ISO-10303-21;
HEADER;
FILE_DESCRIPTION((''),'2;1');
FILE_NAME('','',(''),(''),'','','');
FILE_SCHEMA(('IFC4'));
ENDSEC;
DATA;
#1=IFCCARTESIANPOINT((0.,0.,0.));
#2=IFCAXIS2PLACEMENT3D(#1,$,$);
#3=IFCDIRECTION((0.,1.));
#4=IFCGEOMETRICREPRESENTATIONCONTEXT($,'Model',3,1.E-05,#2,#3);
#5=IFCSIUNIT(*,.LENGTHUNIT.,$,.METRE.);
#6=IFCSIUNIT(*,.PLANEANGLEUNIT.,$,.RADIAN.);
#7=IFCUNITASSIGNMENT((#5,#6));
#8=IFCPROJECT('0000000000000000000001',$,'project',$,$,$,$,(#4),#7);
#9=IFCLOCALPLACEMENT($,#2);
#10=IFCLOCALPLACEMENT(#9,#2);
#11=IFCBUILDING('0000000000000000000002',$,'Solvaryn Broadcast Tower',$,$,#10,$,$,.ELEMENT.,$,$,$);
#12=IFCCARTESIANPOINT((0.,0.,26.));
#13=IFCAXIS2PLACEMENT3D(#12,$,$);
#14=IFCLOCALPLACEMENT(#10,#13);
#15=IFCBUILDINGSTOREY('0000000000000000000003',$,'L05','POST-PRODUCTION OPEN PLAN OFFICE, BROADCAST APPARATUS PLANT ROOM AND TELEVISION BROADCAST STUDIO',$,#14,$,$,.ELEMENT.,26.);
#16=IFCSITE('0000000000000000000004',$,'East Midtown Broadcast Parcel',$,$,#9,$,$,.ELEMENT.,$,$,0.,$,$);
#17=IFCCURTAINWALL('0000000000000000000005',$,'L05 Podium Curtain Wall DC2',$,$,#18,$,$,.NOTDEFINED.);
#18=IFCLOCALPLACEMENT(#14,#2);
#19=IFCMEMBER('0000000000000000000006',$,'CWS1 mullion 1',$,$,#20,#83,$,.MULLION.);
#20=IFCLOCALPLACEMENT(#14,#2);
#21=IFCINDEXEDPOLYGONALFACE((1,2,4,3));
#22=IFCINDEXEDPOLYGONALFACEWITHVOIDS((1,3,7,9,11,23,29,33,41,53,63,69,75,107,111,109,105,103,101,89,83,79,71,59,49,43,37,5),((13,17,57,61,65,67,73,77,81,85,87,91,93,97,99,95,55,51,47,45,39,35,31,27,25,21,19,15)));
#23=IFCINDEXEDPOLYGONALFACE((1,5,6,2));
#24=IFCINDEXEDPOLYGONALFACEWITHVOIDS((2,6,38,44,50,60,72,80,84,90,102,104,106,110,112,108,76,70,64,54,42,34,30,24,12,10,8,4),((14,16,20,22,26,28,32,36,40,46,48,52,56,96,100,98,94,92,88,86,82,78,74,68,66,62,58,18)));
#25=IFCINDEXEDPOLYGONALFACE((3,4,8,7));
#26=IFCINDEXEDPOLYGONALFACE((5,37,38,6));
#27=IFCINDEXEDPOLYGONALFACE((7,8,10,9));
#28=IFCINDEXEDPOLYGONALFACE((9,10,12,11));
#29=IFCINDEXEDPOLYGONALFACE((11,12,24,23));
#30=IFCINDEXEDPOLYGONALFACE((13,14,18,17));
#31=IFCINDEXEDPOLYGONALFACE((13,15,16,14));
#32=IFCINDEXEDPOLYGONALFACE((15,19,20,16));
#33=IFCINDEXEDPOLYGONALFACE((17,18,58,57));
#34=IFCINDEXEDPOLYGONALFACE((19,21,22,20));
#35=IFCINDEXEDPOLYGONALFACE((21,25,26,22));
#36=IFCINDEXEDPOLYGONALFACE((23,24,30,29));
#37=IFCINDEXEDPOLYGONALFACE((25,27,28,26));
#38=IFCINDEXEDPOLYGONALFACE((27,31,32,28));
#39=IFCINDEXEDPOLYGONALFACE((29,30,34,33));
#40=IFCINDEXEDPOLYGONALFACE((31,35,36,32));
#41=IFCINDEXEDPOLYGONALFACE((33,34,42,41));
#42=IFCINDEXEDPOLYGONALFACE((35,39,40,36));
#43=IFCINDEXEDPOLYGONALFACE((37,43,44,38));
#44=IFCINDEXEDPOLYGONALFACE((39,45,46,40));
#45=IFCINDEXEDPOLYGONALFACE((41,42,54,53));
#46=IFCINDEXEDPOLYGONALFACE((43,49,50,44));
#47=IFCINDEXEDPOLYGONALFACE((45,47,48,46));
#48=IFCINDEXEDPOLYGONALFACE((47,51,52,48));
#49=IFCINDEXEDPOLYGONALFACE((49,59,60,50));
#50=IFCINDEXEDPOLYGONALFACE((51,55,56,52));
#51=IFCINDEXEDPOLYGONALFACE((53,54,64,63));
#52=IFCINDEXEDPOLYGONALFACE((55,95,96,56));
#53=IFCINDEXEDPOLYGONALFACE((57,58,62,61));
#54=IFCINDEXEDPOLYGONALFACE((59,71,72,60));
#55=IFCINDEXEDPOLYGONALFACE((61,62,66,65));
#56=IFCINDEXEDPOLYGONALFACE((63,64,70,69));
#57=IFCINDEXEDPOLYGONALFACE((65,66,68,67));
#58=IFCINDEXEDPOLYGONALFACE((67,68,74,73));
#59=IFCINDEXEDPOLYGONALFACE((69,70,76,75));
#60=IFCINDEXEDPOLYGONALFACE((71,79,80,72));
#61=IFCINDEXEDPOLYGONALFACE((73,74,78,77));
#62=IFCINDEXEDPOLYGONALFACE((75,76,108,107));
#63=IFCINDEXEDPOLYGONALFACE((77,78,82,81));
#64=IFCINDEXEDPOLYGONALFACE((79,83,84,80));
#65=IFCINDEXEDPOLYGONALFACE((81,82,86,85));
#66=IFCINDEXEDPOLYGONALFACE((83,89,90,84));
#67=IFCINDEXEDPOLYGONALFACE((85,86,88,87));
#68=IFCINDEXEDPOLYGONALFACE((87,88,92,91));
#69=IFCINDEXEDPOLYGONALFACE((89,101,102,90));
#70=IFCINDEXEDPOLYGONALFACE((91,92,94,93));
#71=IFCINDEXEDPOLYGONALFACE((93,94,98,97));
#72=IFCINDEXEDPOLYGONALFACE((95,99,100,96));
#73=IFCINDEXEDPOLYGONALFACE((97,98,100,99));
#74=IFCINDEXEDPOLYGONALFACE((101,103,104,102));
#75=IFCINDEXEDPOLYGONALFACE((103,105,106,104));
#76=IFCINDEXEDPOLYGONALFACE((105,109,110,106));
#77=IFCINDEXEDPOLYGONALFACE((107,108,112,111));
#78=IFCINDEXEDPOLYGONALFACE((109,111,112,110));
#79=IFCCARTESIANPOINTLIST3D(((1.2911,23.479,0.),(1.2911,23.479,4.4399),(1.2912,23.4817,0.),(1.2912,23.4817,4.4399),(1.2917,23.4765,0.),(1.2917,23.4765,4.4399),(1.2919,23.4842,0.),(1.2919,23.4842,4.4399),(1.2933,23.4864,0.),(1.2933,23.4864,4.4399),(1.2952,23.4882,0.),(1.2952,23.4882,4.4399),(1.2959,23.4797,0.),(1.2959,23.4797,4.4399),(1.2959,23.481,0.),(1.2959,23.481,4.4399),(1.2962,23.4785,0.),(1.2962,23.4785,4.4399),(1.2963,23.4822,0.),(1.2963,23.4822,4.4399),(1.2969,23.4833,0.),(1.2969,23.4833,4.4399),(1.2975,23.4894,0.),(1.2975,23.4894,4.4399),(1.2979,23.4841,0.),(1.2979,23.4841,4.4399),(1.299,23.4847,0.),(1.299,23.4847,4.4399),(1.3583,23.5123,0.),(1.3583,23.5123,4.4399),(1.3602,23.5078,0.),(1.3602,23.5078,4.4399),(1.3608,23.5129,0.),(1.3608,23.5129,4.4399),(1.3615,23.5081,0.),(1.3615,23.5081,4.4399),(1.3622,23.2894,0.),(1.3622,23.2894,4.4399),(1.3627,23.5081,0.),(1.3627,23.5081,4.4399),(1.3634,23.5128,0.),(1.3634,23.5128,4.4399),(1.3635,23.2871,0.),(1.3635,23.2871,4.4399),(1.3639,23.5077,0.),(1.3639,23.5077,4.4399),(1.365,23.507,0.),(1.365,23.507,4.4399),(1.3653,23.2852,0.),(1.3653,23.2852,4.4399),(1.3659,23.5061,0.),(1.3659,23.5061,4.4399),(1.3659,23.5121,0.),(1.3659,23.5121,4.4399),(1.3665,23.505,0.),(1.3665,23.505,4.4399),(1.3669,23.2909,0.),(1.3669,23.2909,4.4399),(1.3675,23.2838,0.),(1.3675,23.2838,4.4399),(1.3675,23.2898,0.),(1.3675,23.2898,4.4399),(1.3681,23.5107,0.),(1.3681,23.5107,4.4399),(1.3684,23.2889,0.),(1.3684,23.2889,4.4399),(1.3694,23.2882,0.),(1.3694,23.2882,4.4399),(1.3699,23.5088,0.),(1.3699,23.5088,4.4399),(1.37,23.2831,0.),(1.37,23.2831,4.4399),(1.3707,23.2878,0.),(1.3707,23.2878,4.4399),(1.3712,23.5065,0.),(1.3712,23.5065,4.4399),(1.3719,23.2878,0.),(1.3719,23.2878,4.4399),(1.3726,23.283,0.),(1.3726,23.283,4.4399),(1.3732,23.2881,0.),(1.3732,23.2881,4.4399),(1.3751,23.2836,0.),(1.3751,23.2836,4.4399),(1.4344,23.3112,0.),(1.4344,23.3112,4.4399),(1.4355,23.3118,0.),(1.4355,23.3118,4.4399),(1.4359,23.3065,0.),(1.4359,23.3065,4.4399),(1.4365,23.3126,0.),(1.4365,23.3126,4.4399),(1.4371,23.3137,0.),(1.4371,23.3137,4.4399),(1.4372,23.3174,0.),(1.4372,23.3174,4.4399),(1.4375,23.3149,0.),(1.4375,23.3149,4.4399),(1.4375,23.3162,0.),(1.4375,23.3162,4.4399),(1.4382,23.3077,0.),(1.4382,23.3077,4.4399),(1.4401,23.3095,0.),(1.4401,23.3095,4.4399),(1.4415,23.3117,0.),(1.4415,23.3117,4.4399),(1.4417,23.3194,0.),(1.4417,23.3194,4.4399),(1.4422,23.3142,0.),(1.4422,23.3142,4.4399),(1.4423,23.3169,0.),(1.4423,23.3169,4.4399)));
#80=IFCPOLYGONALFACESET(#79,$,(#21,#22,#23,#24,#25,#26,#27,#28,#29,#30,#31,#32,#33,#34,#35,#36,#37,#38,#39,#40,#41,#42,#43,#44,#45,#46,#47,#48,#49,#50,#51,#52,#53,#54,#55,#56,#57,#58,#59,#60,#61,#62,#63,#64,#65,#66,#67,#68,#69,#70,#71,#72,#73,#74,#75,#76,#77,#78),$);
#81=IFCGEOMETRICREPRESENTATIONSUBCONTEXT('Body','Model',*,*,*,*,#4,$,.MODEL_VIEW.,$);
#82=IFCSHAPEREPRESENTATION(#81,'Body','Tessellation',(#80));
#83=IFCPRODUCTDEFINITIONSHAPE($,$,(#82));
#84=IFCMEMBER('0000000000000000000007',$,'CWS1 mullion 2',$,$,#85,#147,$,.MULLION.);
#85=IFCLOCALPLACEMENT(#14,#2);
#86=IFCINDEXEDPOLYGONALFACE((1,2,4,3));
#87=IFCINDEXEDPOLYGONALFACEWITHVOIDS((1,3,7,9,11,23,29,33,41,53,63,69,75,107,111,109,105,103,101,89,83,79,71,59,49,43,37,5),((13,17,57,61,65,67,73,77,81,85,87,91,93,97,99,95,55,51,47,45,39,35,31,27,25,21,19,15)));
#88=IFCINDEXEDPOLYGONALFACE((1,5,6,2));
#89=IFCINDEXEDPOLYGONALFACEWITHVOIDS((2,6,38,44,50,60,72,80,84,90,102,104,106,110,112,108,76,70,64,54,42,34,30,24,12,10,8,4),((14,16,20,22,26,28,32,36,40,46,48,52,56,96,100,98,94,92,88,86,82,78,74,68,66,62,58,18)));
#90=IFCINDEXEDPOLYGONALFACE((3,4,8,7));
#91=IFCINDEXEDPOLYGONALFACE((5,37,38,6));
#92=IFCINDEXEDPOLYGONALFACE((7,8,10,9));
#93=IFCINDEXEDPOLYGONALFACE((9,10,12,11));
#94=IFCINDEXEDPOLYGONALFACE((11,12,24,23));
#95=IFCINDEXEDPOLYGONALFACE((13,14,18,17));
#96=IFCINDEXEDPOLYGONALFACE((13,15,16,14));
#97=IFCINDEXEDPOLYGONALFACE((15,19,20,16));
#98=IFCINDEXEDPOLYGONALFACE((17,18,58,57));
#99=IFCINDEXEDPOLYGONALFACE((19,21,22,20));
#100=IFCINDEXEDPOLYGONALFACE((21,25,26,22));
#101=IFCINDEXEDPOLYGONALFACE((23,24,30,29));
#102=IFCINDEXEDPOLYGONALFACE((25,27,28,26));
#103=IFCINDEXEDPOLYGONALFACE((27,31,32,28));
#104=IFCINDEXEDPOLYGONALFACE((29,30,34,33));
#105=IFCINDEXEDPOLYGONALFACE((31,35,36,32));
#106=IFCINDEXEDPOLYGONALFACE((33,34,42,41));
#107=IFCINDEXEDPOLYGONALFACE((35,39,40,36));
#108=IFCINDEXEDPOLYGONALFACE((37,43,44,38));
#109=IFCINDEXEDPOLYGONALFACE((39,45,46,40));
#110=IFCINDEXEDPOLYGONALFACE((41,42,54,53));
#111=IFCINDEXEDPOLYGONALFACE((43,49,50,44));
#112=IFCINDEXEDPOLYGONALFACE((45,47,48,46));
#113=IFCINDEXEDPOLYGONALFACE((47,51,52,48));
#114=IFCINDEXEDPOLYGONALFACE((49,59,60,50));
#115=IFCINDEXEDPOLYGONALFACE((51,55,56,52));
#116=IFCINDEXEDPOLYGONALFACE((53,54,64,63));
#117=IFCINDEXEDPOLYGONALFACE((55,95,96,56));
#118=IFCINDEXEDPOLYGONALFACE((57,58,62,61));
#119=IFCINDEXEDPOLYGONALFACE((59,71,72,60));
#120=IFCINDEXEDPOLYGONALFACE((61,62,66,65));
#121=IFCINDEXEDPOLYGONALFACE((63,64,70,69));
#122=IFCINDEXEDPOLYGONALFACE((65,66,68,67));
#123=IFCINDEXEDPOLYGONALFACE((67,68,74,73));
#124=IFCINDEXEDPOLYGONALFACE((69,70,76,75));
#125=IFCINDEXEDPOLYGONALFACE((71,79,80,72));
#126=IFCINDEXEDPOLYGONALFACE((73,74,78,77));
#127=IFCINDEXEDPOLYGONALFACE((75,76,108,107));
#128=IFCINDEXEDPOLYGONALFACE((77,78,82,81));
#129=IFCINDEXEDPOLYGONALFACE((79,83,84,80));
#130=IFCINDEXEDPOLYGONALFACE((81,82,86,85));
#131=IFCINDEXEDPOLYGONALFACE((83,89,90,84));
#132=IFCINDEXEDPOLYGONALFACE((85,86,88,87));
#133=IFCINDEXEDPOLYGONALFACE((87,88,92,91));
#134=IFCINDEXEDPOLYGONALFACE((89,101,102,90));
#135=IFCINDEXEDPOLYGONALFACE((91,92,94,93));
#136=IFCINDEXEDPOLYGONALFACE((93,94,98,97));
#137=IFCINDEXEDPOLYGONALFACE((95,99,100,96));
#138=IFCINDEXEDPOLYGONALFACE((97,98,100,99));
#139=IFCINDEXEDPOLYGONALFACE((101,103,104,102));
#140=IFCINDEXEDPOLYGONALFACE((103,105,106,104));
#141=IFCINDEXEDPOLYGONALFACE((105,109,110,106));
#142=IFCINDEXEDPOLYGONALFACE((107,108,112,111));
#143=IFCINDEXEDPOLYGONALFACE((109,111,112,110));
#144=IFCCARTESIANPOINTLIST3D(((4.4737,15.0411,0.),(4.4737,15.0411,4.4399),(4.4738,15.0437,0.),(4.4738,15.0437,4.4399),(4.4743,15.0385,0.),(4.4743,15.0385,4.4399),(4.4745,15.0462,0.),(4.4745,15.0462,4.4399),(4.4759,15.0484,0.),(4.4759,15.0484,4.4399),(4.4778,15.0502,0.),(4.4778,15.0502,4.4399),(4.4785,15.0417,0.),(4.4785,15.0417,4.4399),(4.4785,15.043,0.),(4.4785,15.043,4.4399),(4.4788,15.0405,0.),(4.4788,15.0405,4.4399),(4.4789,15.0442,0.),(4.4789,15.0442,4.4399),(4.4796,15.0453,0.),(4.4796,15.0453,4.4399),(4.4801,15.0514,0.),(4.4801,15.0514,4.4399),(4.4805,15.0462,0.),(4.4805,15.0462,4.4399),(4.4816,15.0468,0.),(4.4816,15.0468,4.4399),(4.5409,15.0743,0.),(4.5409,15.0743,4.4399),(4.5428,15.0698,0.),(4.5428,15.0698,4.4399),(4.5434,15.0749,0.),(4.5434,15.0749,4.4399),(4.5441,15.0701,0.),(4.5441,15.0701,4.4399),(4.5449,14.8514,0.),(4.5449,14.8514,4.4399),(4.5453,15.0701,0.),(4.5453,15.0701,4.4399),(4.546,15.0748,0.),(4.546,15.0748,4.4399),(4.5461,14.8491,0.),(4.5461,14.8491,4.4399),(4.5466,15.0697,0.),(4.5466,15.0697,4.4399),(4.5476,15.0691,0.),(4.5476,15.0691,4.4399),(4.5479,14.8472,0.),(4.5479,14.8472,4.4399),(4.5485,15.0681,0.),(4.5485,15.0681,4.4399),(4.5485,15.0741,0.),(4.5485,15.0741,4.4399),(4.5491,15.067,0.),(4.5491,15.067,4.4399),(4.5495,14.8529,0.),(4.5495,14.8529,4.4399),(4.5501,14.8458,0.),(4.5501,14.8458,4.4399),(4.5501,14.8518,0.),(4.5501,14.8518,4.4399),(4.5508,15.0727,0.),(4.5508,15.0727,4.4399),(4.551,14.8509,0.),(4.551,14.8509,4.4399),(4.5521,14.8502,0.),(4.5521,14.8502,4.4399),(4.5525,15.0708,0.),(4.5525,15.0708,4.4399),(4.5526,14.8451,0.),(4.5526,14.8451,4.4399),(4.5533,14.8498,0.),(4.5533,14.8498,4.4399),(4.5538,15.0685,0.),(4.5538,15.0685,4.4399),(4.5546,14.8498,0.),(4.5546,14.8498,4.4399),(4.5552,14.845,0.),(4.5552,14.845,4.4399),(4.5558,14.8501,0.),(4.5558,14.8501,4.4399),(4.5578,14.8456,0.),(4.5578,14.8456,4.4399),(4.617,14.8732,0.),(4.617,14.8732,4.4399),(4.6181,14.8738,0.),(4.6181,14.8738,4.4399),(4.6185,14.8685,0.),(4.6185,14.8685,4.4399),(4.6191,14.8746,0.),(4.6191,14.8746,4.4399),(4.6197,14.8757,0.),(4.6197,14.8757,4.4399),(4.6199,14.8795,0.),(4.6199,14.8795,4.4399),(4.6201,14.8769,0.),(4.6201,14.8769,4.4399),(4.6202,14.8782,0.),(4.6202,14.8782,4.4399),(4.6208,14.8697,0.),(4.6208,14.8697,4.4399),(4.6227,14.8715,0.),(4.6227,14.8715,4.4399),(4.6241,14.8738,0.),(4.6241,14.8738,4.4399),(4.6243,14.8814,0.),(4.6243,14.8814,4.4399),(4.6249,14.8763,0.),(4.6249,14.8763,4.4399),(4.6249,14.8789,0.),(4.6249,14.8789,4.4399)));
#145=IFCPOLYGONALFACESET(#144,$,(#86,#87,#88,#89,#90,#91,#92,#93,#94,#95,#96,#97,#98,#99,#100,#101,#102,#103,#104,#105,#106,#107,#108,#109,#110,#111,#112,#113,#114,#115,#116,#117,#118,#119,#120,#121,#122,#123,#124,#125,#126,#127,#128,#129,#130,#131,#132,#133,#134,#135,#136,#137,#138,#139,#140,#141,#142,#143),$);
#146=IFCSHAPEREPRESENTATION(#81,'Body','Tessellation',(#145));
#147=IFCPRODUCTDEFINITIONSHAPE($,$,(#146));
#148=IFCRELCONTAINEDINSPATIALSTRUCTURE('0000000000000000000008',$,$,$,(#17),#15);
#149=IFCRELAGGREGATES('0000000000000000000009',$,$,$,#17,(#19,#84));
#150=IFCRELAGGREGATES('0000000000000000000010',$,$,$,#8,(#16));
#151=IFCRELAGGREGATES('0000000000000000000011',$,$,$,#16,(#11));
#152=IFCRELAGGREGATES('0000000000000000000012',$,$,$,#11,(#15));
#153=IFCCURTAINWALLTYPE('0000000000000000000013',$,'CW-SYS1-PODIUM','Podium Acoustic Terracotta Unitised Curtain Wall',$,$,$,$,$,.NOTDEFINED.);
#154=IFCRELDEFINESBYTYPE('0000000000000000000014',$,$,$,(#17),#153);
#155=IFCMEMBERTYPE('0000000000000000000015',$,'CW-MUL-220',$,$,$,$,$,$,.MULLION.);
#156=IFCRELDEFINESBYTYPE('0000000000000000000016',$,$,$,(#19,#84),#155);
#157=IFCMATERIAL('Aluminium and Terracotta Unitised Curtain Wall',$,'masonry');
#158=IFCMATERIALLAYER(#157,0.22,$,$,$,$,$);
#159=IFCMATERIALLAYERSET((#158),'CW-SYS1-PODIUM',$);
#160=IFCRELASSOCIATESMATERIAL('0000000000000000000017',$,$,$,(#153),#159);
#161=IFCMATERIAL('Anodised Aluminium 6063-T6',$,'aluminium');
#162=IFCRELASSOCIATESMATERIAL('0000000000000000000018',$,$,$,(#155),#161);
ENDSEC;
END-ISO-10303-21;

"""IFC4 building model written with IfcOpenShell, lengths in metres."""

from ifc_helpers import new_model, si_unit, direction, frame, origin, origin_2d, place, context, subcontext, project, spatial, hollow_rectangle, extrude, material, layer, layer_set, material_profile, profile_set, type_object, element, aggregate, save


model = new_model("IFC4")

# Units and contexts
model_context = context("Model", 3, precision=1e-05, world=origin(), true_north=direction((0.0, 1.0)))
body_context = subcontext(model_context, "Body", "Model", "MODEL_VIEW")
ifc_project = project(units=[si_unit("LENGTHUNIT", "METRE"), si_unit("PLANEANGLEUNIT", "RADIAN")], contexts=[model_context])

# Site, building, storey
site_placement = place(None, origin())
site = spatial("IfcSite", under=ifc_project, at=site_placement, Name="East Midtown Broadcast Parcel", CompositionType="ELEMENT", RefElevation=0.0)
building_placement = place(site_placement, origin())
building = spatial("IfcBuilding", under=site, at=building_placement, Name="Solvaryn Broadcast Tower", CompositionType="ELEMENT")
storey_placement = place(building_placement, frame((0.0, 0.0, 26.0)))
storey = spatial("IfcBuildingStorey", under=building, at=storey_placement, Name="L05", Description="POST-PRODUCTION OPEN PLAN OFFICE, BROADCAST APPARATUS PLANT ROOM AND TELEVISION BROADCAST STUDIO", CompositionType="ELEMENT", Elevation=26.0)

# Shared definitions
ifc_material_1 = material(Name="Aluminium and Terracotta Unitised Curtain Wall", Category="masonry")
ifc_layer_1 = layer(ifc_material_1, 0.22)
ifc_layer_set_1 = layer_set([ifc_layer_1], Name="CW-SYS1-PODIUM")
curtain_wall_type = type_object("IfcCurtainWallType", Name="CW-SYS1-PODIUM", Description="Podium Acoustic Terracotta Unitised Curtain Wall", PredefinedType="NOTDEFINED", material=ifc_layer_set_1)
ifc_material_2 = material(Name="Anodised Aluminium 6063-T6", Category="aluminium")
ifc_material_profile_1 = material_profile(ifc_material_2, hollow_rectangle(XDim=0.085, YDim=0.22, WallThickness=0.0049, InnerFilletRadius=0.0049, OuterFilletRadius=0.01, at=origin_2d()))
ifc_profile_set_1 = profile_set([ifc_material_profile_1], Name="Anodised Aluminium 6063-T6")
member_type_1 = type_object("IfcMemberType", Name="CW-MUL-220", PredefinedType="MULLION", material=ifc_profile_set_1)

# Curtain wall, members
curtain_wall_1_placement = place(storey_placement, origin())
curtain_wall_1 = element("IfcCurtainWall", 1, at=curtain_wall_1_placement, inside=storey, type_object=curtain_wall_type, Name="L05 Podium Curtain Wall DC2", PredefinedType="NOTDEFINED")
member_1_placement = place(storey_placement, frame((1.3667, 23.3979, 0.0), z_axis=(0.0, 0.0, 1.0), x_axis=(0.935648, 0.352934, 0.0)))
member_1 = element("IfcMember", 2, at=member_1_placement, type_object=member_type_1, Name="CWS1 mullion 1", PredefinedType="MULLION", context=body_context, shape_type="SweptSolid", body=[
    extrude(hollow_rectangle(XDim=0.085, YDim=0.22, WallThickness=0.0049, InnerFilletRadius=0.0049, OuterFilletRadius=0.01, at=origin_2d()), origin(), (0.0, 0.0, 1.0), 4.4399),
])
member_2_placement = place(storey_placement, frame((4.5493, 14.96, 0.0), z_axis=(0.0, 0.0, 1.0), x_axis=(0.935648, 0.352934, 0.0)))
member_2 = element("IfcMember", 3, at=member_2_placement, type_object=member_type_1, Name="CWS1 mullion 2", PredefinedType="MULLION", context=body_context, shape_type="SweptSolid", body=[
    extrude(hollow_rectangle(XDim=0.085, YDim=0.22, WallThickness=0.0049, InnerFilletRadius=0.0049, OuterFilletRadius=0.01, at=origin_2d()), origin(), (0.0, 0.0, 1.0), 4.4399),
])

aggregate(curtain_wall_1, [member_1, member_2])

save(model, "model.ifc")
